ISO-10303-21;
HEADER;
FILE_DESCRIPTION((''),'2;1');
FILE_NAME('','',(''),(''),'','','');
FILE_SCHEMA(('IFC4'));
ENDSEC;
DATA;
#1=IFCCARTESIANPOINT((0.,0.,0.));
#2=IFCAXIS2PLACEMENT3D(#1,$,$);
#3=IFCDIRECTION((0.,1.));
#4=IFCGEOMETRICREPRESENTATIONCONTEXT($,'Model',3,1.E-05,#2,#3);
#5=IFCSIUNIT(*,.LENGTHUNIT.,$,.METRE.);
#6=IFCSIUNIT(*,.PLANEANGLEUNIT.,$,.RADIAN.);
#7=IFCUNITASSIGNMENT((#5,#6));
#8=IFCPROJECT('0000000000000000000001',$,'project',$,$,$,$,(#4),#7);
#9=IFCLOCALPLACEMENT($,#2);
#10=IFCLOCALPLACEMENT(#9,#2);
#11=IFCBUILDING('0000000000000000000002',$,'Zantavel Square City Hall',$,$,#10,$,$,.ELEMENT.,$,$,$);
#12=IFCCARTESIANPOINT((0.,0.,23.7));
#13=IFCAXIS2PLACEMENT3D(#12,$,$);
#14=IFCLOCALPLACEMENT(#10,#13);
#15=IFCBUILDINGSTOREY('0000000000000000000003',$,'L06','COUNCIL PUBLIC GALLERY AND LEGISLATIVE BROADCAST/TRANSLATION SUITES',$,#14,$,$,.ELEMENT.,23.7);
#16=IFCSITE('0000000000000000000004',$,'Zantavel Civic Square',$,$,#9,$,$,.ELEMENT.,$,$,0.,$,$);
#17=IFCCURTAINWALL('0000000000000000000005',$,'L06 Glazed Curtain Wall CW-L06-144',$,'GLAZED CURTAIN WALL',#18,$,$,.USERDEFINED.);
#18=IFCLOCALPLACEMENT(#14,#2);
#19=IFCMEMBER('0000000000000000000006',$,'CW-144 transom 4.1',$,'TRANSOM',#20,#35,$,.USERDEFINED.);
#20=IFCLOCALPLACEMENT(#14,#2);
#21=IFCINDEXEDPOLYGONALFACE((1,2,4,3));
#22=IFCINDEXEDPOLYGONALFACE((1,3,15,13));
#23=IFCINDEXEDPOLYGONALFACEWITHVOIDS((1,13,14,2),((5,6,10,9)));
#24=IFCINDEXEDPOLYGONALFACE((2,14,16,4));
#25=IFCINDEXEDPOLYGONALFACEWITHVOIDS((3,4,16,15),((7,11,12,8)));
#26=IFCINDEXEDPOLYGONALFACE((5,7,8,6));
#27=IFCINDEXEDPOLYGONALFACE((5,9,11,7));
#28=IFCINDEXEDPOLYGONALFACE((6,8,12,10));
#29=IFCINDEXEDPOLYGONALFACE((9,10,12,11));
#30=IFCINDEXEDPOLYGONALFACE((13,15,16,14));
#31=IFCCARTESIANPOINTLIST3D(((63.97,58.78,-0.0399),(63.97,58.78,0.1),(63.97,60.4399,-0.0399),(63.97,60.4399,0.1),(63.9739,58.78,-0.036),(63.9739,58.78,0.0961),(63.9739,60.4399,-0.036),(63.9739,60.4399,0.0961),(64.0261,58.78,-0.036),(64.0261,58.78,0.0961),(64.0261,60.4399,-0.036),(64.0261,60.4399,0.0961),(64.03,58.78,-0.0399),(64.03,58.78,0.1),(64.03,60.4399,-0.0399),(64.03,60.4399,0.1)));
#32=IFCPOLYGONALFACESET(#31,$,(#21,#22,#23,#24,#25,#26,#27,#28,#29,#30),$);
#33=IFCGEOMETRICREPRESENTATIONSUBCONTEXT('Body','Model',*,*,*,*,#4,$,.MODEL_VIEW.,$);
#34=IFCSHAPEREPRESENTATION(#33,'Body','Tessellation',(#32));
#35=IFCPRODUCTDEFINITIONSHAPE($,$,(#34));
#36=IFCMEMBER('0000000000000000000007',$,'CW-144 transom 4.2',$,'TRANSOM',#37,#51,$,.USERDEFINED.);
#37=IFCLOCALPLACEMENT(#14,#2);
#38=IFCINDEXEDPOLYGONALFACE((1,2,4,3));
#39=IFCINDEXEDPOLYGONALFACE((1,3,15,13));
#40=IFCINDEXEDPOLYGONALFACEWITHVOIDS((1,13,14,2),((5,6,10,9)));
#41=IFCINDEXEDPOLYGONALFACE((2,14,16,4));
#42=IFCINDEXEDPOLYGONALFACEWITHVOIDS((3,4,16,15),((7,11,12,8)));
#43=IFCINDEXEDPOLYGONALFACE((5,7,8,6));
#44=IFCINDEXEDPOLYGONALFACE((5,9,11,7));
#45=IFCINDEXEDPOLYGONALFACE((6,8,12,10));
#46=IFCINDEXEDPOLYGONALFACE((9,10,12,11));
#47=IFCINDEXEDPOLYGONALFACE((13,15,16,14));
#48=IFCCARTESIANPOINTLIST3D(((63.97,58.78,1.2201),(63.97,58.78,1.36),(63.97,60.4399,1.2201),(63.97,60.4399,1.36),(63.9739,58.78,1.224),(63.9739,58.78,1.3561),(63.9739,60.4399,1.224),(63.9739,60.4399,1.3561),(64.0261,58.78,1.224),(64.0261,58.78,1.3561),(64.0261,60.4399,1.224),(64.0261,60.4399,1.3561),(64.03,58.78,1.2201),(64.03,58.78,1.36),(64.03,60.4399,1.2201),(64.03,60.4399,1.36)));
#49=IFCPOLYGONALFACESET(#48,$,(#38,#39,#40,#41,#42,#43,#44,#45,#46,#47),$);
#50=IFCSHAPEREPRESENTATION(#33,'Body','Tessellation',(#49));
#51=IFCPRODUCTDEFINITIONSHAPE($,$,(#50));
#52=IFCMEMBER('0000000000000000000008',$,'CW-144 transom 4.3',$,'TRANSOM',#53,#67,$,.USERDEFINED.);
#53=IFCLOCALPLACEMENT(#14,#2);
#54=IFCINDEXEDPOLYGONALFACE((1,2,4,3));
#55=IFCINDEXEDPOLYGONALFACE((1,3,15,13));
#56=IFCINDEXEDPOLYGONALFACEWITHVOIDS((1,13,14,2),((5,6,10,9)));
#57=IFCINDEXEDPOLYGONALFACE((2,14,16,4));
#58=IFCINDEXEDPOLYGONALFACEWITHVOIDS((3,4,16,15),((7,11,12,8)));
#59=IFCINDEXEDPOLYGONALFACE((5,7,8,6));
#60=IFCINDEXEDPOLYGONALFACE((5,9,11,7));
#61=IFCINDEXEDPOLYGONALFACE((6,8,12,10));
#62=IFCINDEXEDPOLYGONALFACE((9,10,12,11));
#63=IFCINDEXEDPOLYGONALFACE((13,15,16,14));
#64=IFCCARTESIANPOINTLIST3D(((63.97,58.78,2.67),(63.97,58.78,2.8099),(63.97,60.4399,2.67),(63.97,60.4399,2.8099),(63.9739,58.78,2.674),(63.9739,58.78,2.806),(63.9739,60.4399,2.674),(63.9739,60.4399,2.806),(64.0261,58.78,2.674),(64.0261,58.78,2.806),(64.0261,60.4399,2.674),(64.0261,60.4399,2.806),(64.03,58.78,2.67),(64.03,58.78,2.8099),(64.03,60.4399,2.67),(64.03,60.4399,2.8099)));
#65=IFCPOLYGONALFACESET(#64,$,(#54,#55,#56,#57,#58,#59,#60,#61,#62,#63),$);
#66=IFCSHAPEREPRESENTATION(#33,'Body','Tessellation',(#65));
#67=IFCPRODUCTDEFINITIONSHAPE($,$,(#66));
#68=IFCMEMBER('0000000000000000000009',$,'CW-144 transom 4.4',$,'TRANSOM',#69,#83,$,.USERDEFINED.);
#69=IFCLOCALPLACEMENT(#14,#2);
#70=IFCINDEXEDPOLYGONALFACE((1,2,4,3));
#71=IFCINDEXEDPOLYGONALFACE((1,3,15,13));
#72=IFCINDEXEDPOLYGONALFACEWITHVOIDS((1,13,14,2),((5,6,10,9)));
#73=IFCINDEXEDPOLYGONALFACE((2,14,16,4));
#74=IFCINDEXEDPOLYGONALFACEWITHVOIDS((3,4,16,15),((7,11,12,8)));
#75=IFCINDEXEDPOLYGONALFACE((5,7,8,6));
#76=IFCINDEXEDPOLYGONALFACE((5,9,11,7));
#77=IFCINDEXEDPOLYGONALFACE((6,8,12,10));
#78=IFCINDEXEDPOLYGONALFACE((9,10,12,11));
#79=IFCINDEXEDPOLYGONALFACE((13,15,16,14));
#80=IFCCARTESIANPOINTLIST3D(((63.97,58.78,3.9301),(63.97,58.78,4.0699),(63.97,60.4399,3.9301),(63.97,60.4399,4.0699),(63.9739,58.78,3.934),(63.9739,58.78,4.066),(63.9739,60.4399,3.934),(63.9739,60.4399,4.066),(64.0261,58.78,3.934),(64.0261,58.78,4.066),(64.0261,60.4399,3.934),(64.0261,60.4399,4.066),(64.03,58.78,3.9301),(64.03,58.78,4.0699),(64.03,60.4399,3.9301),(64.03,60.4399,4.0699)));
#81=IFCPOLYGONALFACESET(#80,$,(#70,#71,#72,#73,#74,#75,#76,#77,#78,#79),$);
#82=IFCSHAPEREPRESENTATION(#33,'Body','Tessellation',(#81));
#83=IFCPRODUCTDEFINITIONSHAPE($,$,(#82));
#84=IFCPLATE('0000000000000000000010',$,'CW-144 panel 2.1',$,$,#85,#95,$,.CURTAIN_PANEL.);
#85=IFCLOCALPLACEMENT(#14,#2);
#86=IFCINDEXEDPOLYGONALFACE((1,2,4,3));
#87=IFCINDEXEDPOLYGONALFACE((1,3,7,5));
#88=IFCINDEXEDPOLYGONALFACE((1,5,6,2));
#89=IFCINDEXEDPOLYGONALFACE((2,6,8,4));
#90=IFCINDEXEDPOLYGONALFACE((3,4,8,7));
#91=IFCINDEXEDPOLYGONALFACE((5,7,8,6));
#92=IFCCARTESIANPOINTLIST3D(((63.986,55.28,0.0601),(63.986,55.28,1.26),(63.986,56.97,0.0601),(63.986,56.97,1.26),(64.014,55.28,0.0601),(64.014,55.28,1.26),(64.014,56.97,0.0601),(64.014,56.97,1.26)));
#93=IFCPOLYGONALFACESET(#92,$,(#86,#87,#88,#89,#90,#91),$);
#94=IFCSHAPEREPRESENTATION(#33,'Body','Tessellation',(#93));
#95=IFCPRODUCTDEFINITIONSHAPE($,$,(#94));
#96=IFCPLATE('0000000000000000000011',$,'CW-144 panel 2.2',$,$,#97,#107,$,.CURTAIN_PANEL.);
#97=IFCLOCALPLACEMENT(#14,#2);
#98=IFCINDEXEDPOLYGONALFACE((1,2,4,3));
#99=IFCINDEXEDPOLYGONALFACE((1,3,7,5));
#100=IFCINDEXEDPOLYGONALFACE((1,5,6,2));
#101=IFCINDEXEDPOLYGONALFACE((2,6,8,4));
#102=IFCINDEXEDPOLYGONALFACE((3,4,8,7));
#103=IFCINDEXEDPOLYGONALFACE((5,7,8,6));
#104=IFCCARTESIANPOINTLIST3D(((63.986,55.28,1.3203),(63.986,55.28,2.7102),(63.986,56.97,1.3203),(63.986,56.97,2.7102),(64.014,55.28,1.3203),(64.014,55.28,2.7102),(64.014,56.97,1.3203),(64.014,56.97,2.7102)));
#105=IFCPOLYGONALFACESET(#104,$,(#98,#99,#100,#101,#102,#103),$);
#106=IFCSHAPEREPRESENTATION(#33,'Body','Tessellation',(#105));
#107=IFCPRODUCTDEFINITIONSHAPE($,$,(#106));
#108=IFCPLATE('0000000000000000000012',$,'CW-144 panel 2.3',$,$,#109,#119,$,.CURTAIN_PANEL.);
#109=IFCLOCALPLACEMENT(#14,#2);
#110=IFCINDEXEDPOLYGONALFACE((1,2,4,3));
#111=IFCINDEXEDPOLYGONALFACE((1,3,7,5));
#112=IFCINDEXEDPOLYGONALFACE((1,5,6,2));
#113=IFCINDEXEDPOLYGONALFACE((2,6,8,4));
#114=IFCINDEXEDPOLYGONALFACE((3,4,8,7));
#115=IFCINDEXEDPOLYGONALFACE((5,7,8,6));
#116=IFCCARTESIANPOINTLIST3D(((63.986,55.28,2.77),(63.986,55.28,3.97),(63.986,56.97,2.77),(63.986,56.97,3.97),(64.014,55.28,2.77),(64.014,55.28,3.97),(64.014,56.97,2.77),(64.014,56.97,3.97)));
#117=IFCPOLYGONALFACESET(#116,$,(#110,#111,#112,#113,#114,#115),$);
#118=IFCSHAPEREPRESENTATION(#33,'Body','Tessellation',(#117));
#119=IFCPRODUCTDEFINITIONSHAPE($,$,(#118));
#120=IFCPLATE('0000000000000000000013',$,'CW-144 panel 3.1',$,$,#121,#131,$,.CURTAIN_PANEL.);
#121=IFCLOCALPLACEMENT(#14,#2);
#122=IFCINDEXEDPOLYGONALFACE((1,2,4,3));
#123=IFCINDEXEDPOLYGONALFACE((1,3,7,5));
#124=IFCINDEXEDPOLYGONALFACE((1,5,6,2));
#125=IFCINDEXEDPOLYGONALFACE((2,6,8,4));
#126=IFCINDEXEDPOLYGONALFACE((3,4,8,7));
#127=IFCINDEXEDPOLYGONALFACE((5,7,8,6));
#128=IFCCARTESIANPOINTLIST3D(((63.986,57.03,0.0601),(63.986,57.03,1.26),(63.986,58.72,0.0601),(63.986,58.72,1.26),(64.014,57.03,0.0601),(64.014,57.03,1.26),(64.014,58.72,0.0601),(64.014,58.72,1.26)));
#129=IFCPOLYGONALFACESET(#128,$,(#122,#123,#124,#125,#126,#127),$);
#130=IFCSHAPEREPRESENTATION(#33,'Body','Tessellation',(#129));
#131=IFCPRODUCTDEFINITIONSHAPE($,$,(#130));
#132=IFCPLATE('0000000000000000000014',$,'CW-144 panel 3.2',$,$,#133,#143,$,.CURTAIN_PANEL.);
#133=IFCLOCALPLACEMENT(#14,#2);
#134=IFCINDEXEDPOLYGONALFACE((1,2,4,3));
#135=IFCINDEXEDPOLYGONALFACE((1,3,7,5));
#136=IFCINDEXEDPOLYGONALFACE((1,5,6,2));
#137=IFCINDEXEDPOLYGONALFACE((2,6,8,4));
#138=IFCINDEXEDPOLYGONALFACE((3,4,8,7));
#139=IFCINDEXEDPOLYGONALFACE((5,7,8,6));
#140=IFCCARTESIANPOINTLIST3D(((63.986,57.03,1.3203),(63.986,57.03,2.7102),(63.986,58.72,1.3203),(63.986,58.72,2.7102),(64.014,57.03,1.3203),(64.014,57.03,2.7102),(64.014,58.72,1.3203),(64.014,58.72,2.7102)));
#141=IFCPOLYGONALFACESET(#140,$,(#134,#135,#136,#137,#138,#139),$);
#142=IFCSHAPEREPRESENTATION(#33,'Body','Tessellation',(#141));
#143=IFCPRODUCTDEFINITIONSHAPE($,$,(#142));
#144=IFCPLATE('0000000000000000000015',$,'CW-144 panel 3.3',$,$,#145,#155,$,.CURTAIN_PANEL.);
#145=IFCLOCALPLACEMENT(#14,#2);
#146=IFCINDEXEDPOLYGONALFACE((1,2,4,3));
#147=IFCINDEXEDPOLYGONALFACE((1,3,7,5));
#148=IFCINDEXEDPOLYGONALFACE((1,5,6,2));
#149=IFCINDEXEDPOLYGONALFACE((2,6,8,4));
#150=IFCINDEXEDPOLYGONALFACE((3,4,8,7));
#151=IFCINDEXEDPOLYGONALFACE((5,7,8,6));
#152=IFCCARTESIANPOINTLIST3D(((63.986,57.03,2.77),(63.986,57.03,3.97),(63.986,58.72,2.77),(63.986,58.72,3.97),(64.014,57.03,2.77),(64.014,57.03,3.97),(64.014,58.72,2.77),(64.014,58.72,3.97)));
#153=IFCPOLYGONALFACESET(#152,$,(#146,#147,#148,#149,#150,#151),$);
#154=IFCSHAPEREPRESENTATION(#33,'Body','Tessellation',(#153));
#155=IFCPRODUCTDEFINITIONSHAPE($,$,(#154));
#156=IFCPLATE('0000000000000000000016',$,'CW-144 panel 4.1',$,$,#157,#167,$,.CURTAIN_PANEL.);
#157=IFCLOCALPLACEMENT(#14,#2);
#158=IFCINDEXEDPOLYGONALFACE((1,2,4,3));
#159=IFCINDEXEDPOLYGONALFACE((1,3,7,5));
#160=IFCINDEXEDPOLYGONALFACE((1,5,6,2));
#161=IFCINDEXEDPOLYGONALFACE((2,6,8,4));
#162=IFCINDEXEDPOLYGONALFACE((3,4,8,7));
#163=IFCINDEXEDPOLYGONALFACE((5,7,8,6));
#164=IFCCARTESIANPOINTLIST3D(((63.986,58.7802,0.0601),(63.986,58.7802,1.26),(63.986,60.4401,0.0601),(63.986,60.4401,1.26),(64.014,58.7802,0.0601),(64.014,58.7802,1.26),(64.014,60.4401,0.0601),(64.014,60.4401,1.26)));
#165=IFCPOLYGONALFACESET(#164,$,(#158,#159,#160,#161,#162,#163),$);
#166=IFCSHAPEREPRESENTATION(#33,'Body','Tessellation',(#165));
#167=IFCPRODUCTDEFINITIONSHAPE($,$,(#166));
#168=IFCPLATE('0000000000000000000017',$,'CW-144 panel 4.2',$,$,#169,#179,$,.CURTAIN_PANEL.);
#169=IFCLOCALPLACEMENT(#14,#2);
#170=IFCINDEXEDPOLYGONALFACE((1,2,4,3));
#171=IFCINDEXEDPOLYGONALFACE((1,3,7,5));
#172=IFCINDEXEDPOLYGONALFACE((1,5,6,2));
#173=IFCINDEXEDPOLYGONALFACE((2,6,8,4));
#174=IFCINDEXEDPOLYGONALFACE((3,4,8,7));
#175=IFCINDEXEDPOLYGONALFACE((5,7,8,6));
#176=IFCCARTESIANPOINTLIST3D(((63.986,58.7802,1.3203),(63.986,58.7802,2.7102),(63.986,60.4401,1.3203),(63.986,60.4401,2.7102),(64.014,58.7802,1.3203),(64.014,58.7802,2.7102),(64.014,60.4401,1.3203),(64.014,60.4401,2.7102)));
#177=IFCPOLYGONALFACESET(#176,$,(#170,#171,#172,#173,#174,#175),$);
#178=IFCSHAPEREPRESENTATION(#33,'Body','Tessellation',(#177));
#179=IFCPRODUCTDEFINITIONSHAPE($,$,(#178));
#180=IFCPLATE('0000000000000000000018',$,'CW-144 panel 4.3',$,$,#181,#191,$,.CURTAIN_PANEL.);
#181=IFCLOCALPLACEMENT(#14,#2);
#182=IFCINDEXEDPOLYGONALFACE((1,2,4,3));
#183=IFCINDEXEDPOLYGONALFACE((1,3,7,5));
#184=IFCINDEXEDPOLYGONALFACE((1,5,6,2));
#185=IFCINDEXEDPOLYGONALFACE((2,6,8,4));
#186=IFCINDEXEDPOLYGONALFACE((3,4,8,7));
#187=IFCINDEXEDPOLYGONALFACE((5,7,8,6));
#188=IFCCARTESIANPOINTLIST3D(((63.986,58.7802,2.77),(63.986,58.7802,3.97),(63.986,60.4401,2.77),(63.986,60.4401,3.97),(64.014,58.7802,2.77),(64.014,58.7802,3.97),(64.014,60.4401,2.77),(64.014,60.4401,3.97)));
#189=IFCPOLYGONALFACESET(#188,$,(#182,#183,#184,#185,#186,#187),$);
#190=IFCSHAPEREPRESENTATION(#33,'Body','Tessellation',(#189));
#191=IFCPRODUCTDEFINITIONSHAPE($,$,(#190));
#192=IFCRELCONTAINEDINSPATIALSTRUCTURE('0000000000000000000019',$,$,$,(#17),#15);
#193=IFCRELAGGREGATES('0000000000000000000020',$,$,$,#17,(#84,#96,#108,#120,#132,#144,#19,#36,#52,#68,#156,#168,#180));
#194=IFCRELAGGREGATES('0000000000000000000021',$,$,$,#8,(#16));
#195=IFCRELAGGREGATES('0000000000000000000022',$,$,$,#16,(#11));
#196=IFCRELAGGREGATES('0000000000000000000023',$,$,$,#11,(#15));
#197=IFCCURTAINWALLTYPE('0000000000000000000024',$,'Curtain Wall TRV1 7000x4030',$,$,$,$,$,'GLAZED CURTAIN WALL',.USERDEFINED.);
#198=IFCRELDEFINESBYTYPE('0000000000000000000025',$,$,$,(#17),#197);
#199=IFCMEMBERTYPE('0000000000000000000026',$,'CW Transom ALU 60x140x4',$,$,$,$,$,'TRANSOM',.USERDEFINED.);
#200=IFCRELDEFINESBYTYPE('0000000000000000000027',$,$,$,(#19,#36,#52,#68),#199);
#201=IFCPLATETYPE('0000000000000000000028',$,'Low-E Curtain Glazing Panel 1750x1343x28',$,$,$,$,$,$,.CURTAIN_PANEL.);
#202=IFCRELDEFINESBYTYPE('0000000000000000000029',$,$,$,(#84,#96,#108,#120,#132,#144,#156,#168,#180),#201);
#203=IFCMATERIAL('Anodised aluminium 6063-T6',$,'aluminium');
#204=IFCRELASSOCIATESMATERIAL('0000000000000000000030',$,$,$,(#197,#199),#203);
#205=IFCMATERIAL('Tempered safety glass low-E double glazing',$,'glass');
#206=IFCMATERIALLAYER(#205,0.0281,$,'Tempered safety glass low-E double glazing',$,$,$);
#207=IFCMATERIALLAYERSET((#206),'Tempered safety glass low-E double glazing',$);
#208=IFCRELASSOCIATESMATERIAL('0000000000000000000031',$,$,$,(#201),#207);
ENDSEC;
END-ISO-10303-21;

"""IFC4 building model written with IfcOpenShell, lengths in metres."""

from ifc_helpers import new_model, si_unit, direction, frame, origin, origin_2d, place, context, subcontext, project, spatial, rectangle, hollow_rectangle, extrude, material, layer, layer_set, material_profile, profile_set, type_object, element, aggregate, save


model = new_model("IFC4")

# Units and contexts
model_context = context("Model", 3, precision=1e-05, world=origin(), true_north=direction((0.0, 1.0)))
body_context = subcontext(model_context, "Body", "Model", "MODEL_VIEW")
ifc_project = project(units=[si_unit("LENGTHUNIT", "METRE"), si_unit("PLANEANGLEUNIT", "RADIAN")], contexts=[model_context])

# Site, building, storey
site_placement = place(None, origin())
site = spatial("IfcSite", under=ifc_project, at=site_placement, Name="Zantavel Civic Square", CompositionType="ELEMENT", RefElevation=0.0)
building_placement = place(site_placement, origin())
building = spatial("IfcBuilding", under=site, at=building_placement, Name="Zantavel Square City Hall", CompositionType="ELEMENT")
storey_placement = place(building_placement, frame((0.0, 0.0, 23.7)))
storey = spatial("IfcBuildingStorey", under=building, at=storey_placement, Name="L06", Description="COUNCIL PUBLIC GALLERY AND LEGISLATIVE BROADCAST/TRANSLATION SUITES", CompositionType="ELEMENT", Elevation=23.7)

# Curtain wall, members, plates
ifc_material_1 = material(Name="Anodised aluminium 6063-T6", Category="aluminium")
curtain_wall_type = type_object("IfcCurtainWallType", Name="Curtain Wall TRV1 7000x4030", ElementType="GLAZED CURTAIN WALL", PredefinedType="USERDEFINED", material=ifc_material_1)
curtain_wall_placement = place(storey_placement, origin())
curtain_wall = element("IfcCurtainWall", 1, at=curtain_wall_placement, inside=storey, type_object=curtain_wall_type, Name="L06 Glazed Curtain Wall CW-L06-144", ObjectType="GLAZED CURTAIN WALL", PredefinedType="USERDEFINED")
ifc_material_profile_1 = material_profile(ifc_material_1, hollow_rectangle(XDim=0.0601, YDim=0.1399, WallThickness=0.0039, at=origin_2d()), Name="ALU 60x140x4")
ifc_profile_set_1 = profile_set([ifc_material_profile_1], Name="Anodised aluminium 6063-T6")
member_type_1 = type_object("IfcMemberType", Name="CW Transom ALU 60x140x4", ElementType="TRANSOM", PredefinedType="USERDEFINED", material=ifc_profile_set_1)
member_1_placement = place(storey_placement, frame((64.0, 58.78, 0.03), z_axis=(0.0, 1.0, 0.0), x_axis=(-1.0, 0.0, 0.0)))
member_1 = element("IfcMember", 2, at=member_1_placement, type_object=member_type_1, Name="CW-144 transom 4.1", ObjectType="TRANSOM", PredefinedType="USERDEFINED", context=body_context, shape_type="SweptSolid", body=[
    extrude(hollow_rectangle(XDim=0.0601, YDim=0.1399, WallThickness=0.0039, at=origin_2d()), origin(), (0.0, 0.0, 1.0), 1.6599),
])
member_2_placement = place(storey_placement, frame((64.0, 58.78, 1.29), z_axis=(0.0, 1.0, 0.0), x_axis=(-1.0, 0.0, 0.0)))
member_2 = element("IfcMember", 3, at=member_2_placement, type_object=member_type_1, Name="CW-144 transom 4.2", ObjectType="TRANSOM", PredefinedType="USERDEFINED", context=body_context, shape_type="SweptSolid", body=[
    extrude(hollow_rectangle(XDim=0.0601, YDim=0.1399, WallThickness=0.0039, at=origin_2d()), origin(), (0.0, 0.0, 1.0), 1.6599),
])
member_3_placement = place(storey_placement, frame((64.0, 58.78, 2.74), z_axis=(0.0, 1.0, 0.0), x_axis=(-1.0, 0.0, 0.0)))
member_3 = element("IfcMember", 4, at=member_3_placement, type_object=member_type_1, Name="CW-144 transom 4.3", ObjectType="TRANSOM", PredefinedType="USERDEFINED", context=body_context, shape_type="SweptSolid", body=[
    extrude(hollow_rectangle(XDim=0.0601, YDim=0.1399, WallThickness=0.0039, at=origin_2d()), origin(), (0.0, 0.0, 1.0), 1.6599),
])
member_4_placement = place(storey_placement, frame((64.0, 58.78, 4.0), z_axis=(0.0, 1.0, 0.0), x_axis=(-1.0, 0.0, 0.0)))
member_4 = element("IfcMember", 5, at=member_4_placement, type_object=member_type_1, Name="CW-144 transom 4.4", ObjectType="TRANSOM", PredefinedType="USERDEFINED", context=body_context, shape_type="SweptSolid", body=[
    extrude(hollow_rectangle(XDim=0.0601, YDim=0.1399, WallThickness=0.0039, at=origin_2d()), origin(), (0.0, 0.0, 1.0), 1.6599),
])
ifc_material_2 = material(Name="Tempered safety glass low-E double glazing", Category="glass")
ifc_layer = layer(ifc_material_2, 0.0281, Name="Tempered safety glass low-E double glazing")
ifc_layer_set = layer_set([ifc_layer], Name="Tempered safety glass low-E double glazing")
plate_type = type_object("IfcPlateType", Name="Low-E Curtain Glazing Panel 1750x1343x28", PredefinedType="CURTAIN_PANEL", material=ifc_layer_set)
plate_1_placement = place(storey_placement, frame((64.0, 56.125, 0.0601), z_axis=(0.0, 0.0, 1.0), x_axis=(0.0, 1.0, 0.0)))
plate_1 = element("IfcPlate", 6, at=plate_1_placement, type_object=plate_type, Name="CW-144 panel 2.1", PredefinedType="CURTAIN_PANEL", context=body_context, shape_type="SweptSolid", body=[
    extrude(rectangle(XDim=1.6899, YDim=0.0281, at=origin_2d()), origin(), (0.0, 0.0, 1.0), 1.2),
])
plate_2_placement = place(storey_placement, frame((64.0, 56.125, 1.3203), z_axis=(0.0, 0.0, 1.0), x_axis=(0.0, 1.0, 0.0)))
plate_2 = element("IfcPlate", 7, at=plate_2_placement, type_object=plate_type, Name="CW-144 panel 2.2", PredefinedType="CURTAIN_PANEL", context=body_context, shape_type="SweptSolid", body=[
    extrude(rectangle(XDim=1.6899, YDim=0.0281, at=origin_2d()), origin(), (0.0, 0.0, 1.0), 1.3899),
])
plate_3_placement = place(storey_placement, frame((64.0, 56.125, 2.77), z_axis=(0.0, 0.0, 1.0), x_axis=(0.0, 1.0, 0.0)))
plate_3 = element("IfcPlate", 8, at=plate_3_placement, type_object=plate_type, Name="CW-144 panel 2.3", PredefinedType="CURTAIN_PANEL", context=body_context, shape_type="SweptSolid", body=[
    extrude(rectangle(XDim=1.6899, YDim=0.0281, at=origin_2d()), origin(), (0.0, 0.0, 1.0), 1.2),
])
plate_4_placement = place(storey_placement, frame((64.0, 57.875, 0.0601), z_axis=(0.0, 0.0, 1.0), x_axis=(0.0, 1.0, 0.0)))
plate_4 = element("IfcPlate", 9, at=plate_4_placement, type_object=plate_type, Name="CW-144 panel 3.1", PredefinedType="CURTAIN_PANEL", context=body_context, shape_type="SweptSolid", body=[
    extrude(rectangle(XDim=1.6899, YDim=0.0281, at=origin_2d()), origin(), (0.0, 0.0, 1.0), 1.2),
])
plate_5_placement = place(storey_placement, frame((64.0, 57.875, 1.3203), z_axis=(0.0, 0.0, 1.0), x_axis=(0.0, 1.0, 0.0)))
plate_5 = element("IfcPlate", 10, at=plate_5_placement, type_object=plate_type, Name="CW-144 panel 3.2", PredefinedType="CURTAIN_PANEL", context=body_context, shape_type="SweptSolid", body=[
    extrude(rectangle(XDim=1.6899, YDim=0.0281, at=origin_2d()), origin(), (0.0, 0.0, 1.0), 1.3899),
])
plate_6_placement = place(storey_placement, frame((64.0, 57.875, 2.77), z_axis=(0.0, 0.0, 1.0), x_axis=(0.0, 1.0, 0.0)))
plate_6 = element("IfcPlate", 11, at=plate_6_placement, type_object=plate_type, Name="CW-144 panel 3.3", PredefinedType="CURTAIN_PANEL", context=body_context, shape_type="SweptSolid", body=[
    extrude(rectangle(XDim=1.6899, YDim=0.0281, at=origin_2d()), origin(), (0.0, 0.0, 1.0), 1.2),
])
plate_7_placement = place(storey_placement, frame((64.0, 59.6101, 0.0601), z_axis=(0.0, 0.0, 1.0), x_axis=(0.0, 1.0, 0.0)))
plate_7 = element("IfcPlate", 12, at=plate_7_placement, type_object=plate_type, Name="CW-144 panel 4.1", PredefinedType="CURTAIN_PANEL", context=body_context, shape_type="SweptSolid", body=[
    extrude(rectangle(XDim=1.6599, YDim=0.0281, at=origin_2d()), origin(), (0.0, 0.0, 1.0), 1.2),
])
plate_8_placement = place(storey_placement, frame((64.0, 59.6101, 1.3203), z_axis=(0.0, 0.0, 1.0), x_axis=(0.0, 1.0, 0.0)))
plate_8 = element("IfcPlate", 13, at=plate_8_placement, type_object=plate_type, Name="CW-144 panel 4.2", PredefinedType="CURTAIN_PANEL", context=body_context, shape_type="SweptSolid", body=[
    extrude(rectangle(XDim=1.6599, YDim=0.0281, at=origin_2d()), origin(), (0.0, 0.0, 1.0), 1.3899),
])
plate_9_placement = place(storey_placement, frame((64.0, 59.6101, 2.77), z_axis=(0.0, 0.0, 1.0), x_axis=(0.0, 1.0, 0.0)))
plate_9 = element("IfcPlate", 14, at=plate_9_placement, type_object=plate_type, Name="CW-144 panel 4.3", PredefinedType="CURTAIN_PANEL", context=body_context, shape_type="SweptSolid", body=[
    extrude(rectangle(XDim=1.6599, YDim=0.0281, at=origin_2d()), origin(), (0.0, 0.0, 1.0), 1.2),
])
aggregate(curtain_wall, [plate_1, plate_2, plate_3, plate_4, plate_5, plate_6, member_1, member_2, member_3, member_4, plate_7, plate_8, plate_9])

save(model, "model.ifc")
